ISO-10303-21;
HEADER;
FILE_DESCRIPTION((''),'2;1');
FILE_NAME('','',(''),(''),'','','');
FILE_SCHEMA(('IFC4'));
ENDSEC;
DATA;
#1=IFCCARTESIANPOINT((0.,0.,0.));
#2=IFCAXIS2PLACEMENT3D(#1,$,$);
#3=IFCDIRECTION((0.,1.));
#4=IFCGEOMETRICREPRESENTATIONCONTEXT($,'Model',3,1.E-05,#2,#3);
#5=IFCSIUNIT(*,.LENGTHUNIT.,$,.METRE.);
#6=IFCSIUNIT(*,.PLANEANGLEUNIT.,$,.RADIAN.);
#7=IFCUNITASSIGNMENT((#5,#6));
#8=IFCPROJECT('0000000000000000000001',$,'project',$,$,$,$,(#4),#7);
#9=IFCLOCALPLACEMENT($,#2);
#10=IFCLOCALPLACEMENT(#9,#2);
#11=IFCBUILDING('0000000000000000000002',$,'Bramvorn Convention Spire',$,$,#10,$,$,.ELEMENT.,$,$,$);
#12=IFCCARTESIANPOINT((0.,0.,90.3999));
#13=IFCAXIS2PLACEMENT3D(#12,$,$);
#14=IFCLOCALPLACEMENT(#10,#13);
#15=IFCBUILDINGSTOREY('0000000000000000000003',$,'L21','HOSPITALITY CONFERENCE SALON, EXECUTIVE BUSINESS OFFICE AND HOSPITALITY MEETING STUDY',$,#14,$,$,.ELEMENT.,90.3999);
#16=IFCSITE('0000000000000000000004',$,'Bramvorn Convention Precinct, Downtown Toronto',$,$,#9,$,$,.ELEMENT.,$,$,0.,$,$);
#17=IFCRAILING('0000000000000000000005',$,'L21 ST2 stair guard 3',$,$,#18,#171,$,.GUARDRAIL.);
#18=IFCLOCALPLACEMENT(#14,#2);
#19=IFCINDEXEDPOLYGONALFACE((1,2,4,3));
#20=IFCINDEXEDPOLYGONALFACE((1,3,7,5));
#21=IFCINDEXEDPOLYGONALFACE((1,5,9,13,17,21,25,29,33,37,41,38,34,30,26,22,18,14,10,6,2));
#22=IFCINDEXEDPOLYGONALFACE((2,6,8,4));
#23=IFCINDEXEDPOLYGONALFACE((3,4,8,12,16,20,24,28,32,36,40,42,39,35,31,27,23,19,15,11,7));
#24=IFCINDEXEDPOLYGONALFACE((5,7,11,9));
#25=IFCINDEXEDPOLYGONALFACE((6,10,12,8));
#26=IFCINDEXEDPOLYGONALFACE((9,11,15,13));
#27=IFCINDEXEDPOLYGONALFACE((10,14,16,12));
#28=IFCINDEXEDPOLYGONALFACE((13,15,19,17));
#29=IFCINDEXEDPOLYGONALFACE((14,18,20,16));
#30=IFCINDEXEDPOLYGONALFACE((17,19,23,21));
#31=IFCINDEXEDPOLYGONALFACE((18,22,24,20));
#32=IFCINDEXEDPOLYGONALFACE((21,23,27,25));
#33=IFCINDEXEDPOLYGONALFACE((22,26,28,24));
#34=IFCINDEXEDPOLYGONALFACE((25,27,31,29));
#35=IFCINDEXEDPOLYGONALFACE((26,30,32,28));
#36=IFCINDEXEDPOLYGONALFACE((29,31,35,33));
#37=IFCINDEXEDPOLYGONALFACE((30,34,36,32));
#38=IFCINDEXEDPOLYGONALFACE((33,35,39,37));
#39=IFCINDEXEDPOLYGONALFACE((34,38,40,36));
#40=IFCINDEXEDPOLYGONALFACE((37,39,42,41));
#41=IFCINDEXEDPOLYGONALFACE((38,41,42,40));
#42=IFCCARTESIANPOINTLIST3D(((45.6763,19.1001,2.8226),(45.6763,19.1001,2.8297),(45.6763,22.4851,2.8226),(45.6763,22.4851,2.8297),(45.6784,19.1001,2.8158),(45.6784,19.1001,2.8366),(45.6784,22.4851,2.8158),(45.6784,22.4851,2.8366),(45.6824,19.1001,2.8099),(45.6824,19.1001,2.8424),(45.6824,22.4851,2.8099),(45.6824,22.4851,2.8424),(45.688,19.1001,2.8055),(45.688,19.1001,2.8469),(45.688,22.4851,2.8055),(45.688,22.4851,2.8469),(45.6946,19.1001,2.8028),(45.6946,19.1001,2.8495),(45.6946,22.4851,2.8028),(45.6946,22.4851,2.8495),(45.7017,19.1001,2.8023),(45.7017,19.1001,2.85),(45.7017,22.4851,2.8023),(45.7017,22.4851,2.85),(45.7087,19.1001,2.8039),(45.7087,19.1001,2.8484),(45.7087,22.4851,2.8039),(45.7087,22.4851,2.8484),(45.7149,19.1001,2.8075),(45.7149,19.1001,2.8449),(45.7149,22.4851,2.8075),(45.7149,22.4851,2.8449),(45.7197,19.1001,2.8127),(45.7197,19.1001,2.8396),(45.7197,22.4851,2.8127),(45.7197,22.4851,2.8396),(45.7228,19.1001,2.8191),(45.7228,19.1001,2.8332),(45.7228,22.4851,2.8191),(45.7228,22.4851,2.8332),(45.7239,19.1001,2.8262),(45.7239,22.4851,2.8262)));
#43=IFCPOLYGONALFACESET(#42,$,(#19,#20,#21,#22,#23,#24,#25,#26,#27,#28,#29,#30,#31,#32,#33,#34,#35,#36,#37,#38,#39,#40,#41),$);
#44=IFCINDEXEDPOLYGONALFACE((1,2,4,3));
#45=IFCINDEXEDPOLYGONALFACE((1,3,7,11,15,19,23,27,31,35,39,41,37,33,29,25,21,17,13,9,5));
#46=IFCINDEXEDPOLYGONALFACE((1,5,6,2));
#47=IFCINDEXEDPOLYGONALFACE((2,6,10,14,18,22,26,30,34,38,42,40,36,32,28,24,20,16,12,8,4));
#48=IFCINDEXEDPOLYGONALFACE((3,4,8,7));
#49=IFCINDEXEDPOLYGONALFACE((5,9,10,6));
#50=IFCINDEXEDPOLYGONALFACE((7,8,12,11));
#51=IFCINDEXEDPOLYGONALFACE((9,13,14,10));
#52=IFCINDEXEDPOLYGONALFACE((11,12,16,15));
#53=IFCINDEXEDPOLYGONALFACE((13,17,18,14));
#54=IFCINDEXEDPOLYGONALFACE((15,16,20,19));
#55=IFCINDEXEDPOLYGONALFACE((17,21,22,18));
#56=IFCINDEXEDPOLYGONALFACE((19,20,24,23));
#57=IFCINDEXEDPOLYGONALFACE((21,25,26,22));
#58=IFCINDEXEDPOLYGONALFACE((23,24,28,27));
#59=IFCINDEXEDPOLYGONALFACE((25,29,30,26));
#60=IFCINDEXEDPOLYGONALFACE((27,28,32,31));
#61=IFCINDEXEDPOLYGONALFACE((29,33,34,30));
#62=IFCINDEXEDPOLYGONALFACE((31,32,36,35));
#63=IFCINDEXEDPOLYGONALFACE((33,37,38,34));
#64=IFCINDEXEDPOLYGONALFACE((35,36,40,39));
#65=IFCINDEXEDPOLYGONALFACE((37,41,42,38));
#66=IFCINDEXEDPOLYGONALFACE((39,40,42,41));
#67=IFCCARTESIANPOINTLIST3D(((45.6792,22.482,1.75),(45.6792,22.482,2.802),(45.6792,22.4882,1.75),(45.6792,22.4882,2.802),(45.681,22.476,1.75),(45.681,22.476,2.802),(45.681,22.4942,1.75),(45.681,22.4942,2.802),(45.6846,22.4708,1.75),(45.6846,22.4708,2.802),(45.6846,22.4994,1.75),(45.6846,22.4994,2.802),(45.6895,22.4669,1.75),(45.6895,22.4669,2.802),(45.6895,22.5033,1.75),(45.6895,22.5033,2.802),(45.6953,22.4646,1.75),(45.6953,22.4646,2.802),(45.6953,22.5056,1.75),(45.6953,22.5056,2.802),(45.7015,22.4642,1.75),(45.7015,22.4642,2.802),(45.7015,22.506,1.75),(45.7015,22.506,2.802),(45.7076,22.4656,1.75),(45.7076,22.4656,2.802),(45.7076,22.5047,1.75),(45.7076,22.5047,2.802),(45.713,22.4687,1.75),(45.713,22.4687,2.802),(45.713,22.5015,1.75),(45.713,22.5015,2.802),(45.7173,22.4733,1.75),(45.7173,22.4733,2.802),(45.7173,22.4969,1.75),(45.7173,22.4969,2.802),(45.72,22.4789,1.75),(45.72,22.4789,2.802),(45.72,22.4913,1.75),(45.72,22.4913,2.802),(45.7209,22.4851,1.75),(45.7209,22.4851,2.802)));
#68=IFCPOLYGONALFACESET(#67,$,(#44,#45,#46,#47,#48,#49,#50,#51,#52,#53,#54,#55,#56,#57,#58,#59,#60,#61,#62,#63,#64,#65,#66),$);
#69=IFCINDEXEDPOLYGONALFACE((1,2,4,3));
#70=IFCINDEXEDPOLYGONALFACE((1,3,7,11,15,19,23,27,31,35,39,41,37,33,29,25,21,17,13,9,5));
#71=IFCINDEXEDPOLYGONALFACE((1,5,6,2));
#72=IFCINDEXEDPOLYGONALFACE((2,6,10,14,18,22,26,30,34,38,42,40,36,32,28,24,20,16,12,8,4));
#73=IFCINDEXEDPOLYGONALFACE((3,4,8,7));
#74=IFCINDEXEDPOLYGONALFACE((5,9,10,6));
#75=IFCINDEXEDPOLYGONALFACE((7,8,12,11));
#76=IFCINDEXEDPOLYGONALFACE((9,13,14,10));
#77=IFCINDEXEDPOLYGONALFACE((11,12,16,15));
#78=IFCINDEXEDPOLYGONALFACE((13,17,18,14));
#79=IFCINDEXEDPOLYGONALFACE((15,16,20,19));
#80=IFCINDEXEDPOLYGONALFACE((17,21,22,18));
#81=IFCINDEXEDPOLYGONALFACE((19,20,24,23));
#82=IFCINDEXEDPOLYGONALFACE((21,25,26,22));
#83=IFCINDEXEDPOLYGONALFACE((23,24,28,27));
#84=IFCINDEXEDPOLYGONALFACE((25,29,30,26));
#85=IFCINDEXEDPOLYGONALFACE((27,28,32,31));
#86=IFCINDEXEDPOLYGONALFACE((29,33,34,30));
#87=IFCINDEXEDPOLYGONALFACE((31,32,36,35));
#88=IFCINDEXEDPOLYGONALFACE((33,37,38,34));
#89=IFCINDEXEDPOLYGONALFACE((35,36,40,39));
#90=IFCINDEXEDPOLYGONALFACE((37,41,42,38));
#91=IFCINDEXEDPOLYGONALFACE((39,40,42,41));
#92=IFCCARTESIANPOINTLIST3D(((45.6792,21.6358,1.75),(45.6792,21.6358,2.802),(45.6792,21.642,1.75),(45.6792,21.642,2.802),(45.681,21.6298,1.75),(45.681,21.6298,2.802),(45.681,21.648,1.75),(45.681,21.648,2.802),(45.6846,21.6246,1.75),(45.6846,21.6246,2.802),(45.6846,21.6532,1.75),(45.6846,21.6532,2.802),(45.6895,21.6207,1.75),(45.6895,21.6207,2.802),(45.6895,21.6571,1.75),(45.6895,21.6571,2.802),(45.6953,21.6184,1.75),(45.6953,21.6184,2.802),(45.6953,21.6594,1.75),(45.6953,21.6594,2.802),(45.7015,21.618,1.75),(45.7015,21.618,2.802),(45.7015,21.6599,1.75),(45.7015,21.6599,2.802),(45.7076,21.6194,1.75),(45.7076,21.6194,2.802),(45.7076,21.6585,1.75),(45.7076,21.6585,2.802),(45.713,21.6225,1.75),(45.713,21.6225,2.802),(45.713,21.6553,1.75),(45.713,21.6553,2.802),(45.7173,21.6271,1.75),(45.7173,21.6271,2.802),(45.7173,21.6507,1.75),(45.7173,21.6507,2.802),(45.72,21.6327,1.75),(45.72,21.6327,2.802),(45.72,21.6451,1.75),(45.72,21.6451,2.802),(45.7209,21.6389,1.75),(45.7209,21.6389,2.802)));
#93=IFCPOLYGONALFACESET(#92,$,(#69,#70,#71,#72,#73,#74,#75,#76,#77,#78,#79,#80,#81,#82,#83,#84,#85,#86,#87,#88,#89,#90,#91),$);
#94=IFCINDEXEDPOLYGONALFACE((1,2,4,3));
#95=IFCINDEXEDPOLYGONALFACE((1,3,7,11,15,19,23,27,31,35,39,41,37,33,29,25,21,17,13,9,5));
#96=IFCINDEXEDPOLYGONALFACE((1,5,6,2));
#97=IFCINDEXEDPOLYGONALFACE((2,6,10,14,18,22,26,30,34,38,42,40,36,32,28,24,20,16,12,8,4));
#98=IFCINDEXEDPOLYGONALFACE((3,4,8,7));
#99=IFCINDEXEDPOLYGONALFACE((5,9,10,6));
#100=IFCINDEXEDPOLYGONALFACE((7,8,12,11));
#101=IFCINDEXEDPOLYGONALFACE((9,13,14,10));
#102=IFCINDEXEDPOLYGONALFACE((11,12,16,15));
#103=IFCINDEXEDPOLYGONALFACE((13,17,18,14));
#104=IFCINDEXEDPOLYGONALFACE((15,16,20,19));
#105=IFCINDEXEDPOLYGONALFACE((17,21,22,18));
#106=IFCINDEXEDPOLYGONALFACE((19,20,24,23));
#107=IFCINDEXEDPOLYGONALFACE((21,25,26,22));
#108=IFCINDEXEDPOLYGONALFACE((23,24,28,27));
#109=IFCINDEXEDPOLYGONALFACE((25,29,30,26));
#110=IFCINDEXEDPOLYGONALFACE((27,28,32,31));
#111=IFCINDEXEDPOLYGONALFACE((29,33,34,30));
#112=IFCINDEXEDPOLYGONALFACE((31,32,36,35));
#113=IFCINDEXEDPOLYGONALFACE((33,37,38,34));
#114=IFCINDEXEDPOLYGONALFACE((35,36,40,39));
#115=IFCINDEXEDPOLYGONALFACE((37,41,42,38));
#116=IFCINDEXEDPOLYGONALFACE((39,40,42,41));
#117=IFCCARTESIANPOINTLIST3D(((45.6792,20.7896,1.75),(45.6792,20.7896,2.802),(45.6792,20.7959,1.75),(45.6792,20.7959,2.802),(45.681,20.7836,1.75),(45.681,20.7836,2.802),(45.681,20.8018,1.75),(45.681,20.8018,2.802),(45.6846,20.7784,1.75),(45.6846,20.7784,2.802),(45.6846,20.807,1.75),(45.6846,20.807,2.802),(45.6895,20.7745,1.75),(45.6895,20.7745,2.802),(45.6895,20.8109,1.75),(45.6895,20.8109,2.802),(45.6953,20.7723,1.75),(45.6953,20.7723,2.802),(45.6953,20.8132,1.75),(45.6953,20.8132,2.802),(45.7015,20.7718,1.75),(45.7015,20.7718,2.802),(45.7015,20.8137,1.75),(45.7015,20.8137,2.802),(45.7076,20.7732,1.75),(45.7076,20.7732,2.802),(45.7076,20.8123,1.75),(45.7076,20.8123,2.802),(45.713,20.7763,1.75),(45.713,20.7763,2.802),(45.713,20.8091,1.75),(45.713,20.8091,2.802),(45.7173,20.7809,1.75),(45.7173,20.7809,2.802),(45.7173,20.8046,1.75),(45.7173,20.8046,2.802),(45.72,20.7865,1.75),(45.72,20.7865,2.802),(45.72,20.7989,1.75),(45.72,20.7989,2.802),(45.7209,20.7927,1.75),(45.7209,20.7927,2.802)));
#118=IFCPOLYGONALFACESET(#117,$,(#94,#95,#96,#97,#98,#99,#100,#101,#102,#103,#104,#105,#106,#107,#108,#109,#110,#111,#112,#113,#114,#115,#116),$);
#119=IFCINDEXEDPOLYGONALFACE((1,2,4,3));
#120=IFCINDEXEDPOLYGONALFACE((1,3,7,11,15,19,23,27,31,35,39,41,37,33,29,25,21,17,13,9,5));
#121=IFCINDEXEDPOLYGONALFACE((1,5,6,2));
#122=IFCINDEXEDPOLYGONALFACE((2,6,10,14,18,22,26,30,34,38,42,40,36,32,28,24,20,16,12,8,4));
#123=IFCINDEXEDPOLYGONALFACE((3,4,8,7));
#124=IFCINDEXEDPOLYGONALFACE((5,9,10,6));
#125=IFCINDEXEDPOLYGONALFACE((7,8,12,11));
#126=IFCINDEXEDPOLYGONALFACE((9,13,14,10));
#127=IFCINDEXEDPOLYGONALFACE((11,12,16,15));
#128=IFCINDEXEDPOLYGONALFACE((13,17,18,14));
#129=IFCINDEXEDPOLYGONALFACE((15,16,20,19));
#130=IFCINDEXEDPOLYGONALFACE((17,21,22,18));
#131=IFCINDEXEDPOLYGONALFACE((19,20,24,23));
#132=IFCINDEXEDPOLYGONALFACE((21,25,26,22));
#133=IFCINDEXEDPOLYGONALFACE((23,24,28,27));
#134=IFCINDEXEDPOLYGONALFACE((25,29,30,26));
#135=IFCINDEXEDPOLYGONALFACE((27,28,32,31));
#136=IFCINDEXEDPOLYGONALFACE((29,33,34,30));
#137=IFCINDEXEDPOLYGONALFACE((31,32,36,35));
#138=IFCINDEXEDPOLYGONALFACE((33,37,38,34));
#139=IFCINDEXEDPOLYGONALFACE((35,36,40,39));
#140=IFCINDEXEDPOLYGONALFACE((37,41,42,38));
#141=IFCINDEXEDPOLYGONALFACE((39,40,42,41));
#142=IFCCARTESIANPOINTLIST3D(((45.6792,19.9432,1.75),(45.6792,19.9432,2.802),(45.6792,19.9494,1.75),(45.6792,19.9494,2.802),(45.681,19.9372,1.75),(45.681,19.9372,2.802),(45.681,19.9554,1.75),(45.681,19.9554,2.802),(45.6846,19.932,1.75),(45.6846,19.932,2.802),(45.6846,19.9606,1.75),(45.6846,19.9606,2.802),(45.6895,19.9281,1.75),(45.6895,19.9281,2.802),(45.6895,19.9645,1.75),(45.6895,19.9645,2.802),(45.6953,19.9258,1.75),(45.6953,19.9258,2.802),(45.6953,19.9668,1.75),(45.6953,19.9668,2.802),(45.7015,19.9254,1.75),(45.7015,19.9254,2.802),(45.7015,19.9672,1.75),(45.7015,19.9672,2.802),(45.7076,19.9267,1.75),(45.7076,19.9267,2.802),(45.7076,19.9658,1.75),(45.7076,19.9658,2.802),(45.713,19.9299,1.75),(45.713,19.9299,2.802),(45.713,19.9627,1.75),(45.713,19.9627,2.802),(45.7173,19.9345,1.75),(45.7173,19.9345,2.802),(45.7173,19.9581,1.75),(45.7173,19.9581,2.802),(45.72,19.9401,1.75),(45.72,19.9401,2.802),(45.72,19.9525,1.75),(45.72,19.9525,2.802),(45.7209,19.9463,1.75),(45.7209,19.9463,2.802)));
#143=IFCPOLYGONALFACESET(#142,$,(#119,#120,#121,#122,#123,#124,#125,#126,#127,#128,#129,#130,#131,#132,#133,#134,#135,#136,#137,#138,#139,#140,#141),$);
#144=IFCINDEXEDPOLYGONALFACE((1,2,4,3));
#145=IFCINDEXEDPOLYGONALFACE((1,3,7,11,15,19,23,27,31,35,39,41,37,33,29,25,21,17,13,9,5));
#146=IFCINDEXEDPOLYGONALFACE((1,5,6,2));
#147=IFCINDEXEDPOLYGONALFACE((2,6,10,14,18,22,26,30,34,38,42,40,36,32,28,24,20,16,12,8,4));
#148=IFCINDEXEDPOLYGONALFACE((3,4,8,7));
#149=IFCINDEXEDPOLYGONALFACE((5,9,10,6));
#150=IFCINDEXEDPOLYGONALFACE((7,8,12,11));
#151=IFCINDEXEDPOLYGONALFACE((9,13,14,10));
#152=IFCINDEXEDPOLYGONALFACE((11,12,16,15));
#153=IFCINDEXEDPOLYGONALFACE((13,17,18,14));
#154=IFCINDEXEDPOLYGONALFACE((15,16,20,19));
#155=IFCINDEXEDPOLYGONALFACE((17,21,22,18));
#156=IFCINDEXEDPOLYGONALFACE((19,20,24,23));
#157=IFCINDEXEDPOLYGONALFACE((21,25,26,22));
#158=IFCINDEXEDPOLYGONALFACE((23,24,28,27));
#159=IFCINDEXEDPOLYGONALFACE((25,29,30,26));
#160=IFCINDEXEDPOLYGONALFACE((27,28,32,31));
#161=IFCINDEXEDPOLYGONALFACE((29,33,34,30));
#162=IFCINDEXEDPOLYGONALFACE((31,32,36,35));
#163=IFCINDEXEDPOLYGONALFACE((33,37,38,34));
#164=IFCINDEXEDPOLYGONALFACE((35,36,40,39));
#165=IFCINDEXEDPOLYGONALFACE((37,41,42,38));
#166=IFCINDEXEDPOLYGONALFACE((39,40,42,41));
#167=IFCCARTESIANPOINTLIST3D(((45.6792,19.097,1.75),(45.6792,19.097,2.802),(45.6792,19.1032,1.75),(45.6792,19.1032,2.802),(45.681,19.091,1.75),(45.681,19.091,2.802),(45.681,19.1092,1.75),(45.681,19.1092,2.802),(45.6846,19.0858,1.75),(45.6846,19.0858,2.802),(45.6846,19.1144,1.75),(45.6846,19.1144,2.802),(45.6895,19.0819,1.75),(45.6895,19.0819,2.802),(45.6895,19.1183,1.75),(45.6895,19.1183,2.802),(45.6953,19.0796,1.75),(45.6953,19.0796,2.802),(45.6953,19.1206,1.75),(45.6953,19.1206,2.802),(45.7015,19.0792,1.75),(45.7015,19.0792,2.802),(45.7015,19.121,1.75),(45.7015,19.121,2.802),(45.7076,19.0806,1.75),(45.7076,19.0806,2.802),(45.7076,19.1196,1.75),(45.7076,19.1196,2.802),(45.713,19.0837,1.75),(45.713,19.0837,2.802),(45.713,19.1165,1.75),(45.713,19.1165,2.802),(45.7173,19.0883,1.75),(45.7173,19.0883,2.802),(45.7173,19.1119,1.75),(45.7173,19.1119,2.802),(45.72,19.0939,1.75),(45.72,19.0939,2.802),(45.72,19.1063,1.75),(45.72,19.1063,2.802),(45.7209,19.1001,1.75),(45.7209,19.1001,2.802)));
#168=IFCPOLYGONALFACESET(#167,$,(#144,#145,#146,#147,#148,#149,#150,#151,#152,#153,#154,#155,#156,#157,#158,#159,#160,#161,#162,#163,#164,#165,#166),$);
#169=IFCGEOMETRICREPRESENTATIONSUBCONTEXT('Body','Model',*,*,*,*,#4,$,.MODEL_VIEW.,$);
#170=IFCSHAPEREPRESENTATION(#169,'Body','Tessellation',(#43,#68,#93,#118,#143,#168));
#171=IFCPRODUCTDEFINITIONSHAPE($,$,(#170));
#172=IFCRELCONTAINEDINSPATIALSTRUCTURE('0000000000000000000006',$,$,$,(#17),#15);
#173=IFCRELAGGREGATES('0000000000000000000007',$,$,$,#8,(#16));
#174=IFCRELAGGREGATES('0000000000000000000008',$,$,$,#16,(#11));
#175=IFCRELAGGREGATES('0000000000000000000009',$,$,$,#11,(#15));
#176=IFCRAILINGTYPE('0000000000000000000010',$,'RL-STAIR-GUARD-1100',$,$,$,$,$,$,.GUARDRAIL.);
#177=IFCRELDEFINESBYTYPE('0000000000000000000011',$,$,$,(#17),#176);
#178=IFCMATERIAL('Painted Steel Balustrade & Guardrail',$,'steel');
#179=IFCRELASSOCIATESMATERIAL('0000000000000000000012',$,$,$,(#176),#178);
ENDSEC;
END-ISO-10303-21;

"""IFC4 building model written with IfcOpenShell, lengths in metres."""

from ifc_helpers import new_model, si_unit, direction, frame, origin, origin_2d, place, context, subcontext, project, spatial, circle, extrude, material, type_object, element, save


model = new_model("IFC4")

# Units and contexts
model_context = context("Model", 3, precision=1e-05, world=origin(), true_north=direction((0.0, 1.0)))
body_context = subcontext(model_context, "Body", "Model", "MODEL_VIEW")
ifc_project = project(units=[si_unit("LENGTHUNIT", "METRE"), si_unit("PLANEANGLEUNIT", "RADIAN")], contexts=[model_context])

# Site, building, storey
site_placement = place(None, origin())
site = spatial("IfcSite", under=ifc_project, at=site_placement, Name="Bramvorn Convention Precinct, Downtown Toronto", CompositionType="ELEMENT", RefElevation=0.0)
building_placement = place(site_placement, origin())
building = spatial("IfcBuilding", under=site, at=building_placement, Name="Bramvorn Convention Spire", CompositionType="ELEMENT")
storey_placement = place(building_placement, frame((0.0, 0.0, 90.3999)))
storey = spatial("IfcBuildingStorey", under=building, at=storey_placement, Name="L21", Description="HOSPITALITY CONFERENCE SALON, EXECUTIVE BUSINESS OFFICE AND HOSPITALITY MEETING STUDY", CompositionType="ELEMENT", Elevation=90.3999)

# Railing
ifc_material_1 = material(Name="Painted Steel Balustrade & Guardrail", Category="steel")
railing_type = type_object("IfcRailingType", Name="RL-STAIR-GUARD-1100", PredefinedType="GUARDRAIL", material=ifc_material_1)
railing_1_placement = place(storey_placement, frame((45.7, 22.4851, 1.75)))
element("IfcRailing", 1, at=railing_1_placement, inside=storey, type_object=railing_type, Name="L21 ST2 stair guard 3", PredefinedType="GUARDRAIL", context=body_context, shape_type="SweptSolid", body=[
    extrude(circle(Radius=0.0239, at=origin_2d()), frame((0.0, 0.0, 1.0762), z_axis=(0.0, -1.0, 0.0), x_axis=(1.0, 0.0, 0.0)), (0.0, 0.0, 1.0), 3.385),
    extrude(circle(Radius=0.021, at=origin_2d()), origin(), (0.0, 0.0, 1.0), 1.052),
    extrude(circle(Radius=0.021, at=origin_2d()), frame((0.0, -0.8462, 0.0)), (0.0, 0.0, 1.0), 1.052),
    extrude(circle(Radius=0.021, at=origin_2d()), frame((0.0, -1.6924, 0.0)), (0.0, 0.0, 1.0), 1.052),
    extrude(circle(Radius=0.021, at=origin_2d()), frame((0.0, -2.5388, 0.0)), (0.0, 0.0, 1.0), 1.052),
    extrude(circle(Radius=0.021, at=origin_2d()), frame((0.0, -3.385, 0.0)), (0.0, 0.0, 1.0), 1.052),
])

save(model, "model.ifc")
